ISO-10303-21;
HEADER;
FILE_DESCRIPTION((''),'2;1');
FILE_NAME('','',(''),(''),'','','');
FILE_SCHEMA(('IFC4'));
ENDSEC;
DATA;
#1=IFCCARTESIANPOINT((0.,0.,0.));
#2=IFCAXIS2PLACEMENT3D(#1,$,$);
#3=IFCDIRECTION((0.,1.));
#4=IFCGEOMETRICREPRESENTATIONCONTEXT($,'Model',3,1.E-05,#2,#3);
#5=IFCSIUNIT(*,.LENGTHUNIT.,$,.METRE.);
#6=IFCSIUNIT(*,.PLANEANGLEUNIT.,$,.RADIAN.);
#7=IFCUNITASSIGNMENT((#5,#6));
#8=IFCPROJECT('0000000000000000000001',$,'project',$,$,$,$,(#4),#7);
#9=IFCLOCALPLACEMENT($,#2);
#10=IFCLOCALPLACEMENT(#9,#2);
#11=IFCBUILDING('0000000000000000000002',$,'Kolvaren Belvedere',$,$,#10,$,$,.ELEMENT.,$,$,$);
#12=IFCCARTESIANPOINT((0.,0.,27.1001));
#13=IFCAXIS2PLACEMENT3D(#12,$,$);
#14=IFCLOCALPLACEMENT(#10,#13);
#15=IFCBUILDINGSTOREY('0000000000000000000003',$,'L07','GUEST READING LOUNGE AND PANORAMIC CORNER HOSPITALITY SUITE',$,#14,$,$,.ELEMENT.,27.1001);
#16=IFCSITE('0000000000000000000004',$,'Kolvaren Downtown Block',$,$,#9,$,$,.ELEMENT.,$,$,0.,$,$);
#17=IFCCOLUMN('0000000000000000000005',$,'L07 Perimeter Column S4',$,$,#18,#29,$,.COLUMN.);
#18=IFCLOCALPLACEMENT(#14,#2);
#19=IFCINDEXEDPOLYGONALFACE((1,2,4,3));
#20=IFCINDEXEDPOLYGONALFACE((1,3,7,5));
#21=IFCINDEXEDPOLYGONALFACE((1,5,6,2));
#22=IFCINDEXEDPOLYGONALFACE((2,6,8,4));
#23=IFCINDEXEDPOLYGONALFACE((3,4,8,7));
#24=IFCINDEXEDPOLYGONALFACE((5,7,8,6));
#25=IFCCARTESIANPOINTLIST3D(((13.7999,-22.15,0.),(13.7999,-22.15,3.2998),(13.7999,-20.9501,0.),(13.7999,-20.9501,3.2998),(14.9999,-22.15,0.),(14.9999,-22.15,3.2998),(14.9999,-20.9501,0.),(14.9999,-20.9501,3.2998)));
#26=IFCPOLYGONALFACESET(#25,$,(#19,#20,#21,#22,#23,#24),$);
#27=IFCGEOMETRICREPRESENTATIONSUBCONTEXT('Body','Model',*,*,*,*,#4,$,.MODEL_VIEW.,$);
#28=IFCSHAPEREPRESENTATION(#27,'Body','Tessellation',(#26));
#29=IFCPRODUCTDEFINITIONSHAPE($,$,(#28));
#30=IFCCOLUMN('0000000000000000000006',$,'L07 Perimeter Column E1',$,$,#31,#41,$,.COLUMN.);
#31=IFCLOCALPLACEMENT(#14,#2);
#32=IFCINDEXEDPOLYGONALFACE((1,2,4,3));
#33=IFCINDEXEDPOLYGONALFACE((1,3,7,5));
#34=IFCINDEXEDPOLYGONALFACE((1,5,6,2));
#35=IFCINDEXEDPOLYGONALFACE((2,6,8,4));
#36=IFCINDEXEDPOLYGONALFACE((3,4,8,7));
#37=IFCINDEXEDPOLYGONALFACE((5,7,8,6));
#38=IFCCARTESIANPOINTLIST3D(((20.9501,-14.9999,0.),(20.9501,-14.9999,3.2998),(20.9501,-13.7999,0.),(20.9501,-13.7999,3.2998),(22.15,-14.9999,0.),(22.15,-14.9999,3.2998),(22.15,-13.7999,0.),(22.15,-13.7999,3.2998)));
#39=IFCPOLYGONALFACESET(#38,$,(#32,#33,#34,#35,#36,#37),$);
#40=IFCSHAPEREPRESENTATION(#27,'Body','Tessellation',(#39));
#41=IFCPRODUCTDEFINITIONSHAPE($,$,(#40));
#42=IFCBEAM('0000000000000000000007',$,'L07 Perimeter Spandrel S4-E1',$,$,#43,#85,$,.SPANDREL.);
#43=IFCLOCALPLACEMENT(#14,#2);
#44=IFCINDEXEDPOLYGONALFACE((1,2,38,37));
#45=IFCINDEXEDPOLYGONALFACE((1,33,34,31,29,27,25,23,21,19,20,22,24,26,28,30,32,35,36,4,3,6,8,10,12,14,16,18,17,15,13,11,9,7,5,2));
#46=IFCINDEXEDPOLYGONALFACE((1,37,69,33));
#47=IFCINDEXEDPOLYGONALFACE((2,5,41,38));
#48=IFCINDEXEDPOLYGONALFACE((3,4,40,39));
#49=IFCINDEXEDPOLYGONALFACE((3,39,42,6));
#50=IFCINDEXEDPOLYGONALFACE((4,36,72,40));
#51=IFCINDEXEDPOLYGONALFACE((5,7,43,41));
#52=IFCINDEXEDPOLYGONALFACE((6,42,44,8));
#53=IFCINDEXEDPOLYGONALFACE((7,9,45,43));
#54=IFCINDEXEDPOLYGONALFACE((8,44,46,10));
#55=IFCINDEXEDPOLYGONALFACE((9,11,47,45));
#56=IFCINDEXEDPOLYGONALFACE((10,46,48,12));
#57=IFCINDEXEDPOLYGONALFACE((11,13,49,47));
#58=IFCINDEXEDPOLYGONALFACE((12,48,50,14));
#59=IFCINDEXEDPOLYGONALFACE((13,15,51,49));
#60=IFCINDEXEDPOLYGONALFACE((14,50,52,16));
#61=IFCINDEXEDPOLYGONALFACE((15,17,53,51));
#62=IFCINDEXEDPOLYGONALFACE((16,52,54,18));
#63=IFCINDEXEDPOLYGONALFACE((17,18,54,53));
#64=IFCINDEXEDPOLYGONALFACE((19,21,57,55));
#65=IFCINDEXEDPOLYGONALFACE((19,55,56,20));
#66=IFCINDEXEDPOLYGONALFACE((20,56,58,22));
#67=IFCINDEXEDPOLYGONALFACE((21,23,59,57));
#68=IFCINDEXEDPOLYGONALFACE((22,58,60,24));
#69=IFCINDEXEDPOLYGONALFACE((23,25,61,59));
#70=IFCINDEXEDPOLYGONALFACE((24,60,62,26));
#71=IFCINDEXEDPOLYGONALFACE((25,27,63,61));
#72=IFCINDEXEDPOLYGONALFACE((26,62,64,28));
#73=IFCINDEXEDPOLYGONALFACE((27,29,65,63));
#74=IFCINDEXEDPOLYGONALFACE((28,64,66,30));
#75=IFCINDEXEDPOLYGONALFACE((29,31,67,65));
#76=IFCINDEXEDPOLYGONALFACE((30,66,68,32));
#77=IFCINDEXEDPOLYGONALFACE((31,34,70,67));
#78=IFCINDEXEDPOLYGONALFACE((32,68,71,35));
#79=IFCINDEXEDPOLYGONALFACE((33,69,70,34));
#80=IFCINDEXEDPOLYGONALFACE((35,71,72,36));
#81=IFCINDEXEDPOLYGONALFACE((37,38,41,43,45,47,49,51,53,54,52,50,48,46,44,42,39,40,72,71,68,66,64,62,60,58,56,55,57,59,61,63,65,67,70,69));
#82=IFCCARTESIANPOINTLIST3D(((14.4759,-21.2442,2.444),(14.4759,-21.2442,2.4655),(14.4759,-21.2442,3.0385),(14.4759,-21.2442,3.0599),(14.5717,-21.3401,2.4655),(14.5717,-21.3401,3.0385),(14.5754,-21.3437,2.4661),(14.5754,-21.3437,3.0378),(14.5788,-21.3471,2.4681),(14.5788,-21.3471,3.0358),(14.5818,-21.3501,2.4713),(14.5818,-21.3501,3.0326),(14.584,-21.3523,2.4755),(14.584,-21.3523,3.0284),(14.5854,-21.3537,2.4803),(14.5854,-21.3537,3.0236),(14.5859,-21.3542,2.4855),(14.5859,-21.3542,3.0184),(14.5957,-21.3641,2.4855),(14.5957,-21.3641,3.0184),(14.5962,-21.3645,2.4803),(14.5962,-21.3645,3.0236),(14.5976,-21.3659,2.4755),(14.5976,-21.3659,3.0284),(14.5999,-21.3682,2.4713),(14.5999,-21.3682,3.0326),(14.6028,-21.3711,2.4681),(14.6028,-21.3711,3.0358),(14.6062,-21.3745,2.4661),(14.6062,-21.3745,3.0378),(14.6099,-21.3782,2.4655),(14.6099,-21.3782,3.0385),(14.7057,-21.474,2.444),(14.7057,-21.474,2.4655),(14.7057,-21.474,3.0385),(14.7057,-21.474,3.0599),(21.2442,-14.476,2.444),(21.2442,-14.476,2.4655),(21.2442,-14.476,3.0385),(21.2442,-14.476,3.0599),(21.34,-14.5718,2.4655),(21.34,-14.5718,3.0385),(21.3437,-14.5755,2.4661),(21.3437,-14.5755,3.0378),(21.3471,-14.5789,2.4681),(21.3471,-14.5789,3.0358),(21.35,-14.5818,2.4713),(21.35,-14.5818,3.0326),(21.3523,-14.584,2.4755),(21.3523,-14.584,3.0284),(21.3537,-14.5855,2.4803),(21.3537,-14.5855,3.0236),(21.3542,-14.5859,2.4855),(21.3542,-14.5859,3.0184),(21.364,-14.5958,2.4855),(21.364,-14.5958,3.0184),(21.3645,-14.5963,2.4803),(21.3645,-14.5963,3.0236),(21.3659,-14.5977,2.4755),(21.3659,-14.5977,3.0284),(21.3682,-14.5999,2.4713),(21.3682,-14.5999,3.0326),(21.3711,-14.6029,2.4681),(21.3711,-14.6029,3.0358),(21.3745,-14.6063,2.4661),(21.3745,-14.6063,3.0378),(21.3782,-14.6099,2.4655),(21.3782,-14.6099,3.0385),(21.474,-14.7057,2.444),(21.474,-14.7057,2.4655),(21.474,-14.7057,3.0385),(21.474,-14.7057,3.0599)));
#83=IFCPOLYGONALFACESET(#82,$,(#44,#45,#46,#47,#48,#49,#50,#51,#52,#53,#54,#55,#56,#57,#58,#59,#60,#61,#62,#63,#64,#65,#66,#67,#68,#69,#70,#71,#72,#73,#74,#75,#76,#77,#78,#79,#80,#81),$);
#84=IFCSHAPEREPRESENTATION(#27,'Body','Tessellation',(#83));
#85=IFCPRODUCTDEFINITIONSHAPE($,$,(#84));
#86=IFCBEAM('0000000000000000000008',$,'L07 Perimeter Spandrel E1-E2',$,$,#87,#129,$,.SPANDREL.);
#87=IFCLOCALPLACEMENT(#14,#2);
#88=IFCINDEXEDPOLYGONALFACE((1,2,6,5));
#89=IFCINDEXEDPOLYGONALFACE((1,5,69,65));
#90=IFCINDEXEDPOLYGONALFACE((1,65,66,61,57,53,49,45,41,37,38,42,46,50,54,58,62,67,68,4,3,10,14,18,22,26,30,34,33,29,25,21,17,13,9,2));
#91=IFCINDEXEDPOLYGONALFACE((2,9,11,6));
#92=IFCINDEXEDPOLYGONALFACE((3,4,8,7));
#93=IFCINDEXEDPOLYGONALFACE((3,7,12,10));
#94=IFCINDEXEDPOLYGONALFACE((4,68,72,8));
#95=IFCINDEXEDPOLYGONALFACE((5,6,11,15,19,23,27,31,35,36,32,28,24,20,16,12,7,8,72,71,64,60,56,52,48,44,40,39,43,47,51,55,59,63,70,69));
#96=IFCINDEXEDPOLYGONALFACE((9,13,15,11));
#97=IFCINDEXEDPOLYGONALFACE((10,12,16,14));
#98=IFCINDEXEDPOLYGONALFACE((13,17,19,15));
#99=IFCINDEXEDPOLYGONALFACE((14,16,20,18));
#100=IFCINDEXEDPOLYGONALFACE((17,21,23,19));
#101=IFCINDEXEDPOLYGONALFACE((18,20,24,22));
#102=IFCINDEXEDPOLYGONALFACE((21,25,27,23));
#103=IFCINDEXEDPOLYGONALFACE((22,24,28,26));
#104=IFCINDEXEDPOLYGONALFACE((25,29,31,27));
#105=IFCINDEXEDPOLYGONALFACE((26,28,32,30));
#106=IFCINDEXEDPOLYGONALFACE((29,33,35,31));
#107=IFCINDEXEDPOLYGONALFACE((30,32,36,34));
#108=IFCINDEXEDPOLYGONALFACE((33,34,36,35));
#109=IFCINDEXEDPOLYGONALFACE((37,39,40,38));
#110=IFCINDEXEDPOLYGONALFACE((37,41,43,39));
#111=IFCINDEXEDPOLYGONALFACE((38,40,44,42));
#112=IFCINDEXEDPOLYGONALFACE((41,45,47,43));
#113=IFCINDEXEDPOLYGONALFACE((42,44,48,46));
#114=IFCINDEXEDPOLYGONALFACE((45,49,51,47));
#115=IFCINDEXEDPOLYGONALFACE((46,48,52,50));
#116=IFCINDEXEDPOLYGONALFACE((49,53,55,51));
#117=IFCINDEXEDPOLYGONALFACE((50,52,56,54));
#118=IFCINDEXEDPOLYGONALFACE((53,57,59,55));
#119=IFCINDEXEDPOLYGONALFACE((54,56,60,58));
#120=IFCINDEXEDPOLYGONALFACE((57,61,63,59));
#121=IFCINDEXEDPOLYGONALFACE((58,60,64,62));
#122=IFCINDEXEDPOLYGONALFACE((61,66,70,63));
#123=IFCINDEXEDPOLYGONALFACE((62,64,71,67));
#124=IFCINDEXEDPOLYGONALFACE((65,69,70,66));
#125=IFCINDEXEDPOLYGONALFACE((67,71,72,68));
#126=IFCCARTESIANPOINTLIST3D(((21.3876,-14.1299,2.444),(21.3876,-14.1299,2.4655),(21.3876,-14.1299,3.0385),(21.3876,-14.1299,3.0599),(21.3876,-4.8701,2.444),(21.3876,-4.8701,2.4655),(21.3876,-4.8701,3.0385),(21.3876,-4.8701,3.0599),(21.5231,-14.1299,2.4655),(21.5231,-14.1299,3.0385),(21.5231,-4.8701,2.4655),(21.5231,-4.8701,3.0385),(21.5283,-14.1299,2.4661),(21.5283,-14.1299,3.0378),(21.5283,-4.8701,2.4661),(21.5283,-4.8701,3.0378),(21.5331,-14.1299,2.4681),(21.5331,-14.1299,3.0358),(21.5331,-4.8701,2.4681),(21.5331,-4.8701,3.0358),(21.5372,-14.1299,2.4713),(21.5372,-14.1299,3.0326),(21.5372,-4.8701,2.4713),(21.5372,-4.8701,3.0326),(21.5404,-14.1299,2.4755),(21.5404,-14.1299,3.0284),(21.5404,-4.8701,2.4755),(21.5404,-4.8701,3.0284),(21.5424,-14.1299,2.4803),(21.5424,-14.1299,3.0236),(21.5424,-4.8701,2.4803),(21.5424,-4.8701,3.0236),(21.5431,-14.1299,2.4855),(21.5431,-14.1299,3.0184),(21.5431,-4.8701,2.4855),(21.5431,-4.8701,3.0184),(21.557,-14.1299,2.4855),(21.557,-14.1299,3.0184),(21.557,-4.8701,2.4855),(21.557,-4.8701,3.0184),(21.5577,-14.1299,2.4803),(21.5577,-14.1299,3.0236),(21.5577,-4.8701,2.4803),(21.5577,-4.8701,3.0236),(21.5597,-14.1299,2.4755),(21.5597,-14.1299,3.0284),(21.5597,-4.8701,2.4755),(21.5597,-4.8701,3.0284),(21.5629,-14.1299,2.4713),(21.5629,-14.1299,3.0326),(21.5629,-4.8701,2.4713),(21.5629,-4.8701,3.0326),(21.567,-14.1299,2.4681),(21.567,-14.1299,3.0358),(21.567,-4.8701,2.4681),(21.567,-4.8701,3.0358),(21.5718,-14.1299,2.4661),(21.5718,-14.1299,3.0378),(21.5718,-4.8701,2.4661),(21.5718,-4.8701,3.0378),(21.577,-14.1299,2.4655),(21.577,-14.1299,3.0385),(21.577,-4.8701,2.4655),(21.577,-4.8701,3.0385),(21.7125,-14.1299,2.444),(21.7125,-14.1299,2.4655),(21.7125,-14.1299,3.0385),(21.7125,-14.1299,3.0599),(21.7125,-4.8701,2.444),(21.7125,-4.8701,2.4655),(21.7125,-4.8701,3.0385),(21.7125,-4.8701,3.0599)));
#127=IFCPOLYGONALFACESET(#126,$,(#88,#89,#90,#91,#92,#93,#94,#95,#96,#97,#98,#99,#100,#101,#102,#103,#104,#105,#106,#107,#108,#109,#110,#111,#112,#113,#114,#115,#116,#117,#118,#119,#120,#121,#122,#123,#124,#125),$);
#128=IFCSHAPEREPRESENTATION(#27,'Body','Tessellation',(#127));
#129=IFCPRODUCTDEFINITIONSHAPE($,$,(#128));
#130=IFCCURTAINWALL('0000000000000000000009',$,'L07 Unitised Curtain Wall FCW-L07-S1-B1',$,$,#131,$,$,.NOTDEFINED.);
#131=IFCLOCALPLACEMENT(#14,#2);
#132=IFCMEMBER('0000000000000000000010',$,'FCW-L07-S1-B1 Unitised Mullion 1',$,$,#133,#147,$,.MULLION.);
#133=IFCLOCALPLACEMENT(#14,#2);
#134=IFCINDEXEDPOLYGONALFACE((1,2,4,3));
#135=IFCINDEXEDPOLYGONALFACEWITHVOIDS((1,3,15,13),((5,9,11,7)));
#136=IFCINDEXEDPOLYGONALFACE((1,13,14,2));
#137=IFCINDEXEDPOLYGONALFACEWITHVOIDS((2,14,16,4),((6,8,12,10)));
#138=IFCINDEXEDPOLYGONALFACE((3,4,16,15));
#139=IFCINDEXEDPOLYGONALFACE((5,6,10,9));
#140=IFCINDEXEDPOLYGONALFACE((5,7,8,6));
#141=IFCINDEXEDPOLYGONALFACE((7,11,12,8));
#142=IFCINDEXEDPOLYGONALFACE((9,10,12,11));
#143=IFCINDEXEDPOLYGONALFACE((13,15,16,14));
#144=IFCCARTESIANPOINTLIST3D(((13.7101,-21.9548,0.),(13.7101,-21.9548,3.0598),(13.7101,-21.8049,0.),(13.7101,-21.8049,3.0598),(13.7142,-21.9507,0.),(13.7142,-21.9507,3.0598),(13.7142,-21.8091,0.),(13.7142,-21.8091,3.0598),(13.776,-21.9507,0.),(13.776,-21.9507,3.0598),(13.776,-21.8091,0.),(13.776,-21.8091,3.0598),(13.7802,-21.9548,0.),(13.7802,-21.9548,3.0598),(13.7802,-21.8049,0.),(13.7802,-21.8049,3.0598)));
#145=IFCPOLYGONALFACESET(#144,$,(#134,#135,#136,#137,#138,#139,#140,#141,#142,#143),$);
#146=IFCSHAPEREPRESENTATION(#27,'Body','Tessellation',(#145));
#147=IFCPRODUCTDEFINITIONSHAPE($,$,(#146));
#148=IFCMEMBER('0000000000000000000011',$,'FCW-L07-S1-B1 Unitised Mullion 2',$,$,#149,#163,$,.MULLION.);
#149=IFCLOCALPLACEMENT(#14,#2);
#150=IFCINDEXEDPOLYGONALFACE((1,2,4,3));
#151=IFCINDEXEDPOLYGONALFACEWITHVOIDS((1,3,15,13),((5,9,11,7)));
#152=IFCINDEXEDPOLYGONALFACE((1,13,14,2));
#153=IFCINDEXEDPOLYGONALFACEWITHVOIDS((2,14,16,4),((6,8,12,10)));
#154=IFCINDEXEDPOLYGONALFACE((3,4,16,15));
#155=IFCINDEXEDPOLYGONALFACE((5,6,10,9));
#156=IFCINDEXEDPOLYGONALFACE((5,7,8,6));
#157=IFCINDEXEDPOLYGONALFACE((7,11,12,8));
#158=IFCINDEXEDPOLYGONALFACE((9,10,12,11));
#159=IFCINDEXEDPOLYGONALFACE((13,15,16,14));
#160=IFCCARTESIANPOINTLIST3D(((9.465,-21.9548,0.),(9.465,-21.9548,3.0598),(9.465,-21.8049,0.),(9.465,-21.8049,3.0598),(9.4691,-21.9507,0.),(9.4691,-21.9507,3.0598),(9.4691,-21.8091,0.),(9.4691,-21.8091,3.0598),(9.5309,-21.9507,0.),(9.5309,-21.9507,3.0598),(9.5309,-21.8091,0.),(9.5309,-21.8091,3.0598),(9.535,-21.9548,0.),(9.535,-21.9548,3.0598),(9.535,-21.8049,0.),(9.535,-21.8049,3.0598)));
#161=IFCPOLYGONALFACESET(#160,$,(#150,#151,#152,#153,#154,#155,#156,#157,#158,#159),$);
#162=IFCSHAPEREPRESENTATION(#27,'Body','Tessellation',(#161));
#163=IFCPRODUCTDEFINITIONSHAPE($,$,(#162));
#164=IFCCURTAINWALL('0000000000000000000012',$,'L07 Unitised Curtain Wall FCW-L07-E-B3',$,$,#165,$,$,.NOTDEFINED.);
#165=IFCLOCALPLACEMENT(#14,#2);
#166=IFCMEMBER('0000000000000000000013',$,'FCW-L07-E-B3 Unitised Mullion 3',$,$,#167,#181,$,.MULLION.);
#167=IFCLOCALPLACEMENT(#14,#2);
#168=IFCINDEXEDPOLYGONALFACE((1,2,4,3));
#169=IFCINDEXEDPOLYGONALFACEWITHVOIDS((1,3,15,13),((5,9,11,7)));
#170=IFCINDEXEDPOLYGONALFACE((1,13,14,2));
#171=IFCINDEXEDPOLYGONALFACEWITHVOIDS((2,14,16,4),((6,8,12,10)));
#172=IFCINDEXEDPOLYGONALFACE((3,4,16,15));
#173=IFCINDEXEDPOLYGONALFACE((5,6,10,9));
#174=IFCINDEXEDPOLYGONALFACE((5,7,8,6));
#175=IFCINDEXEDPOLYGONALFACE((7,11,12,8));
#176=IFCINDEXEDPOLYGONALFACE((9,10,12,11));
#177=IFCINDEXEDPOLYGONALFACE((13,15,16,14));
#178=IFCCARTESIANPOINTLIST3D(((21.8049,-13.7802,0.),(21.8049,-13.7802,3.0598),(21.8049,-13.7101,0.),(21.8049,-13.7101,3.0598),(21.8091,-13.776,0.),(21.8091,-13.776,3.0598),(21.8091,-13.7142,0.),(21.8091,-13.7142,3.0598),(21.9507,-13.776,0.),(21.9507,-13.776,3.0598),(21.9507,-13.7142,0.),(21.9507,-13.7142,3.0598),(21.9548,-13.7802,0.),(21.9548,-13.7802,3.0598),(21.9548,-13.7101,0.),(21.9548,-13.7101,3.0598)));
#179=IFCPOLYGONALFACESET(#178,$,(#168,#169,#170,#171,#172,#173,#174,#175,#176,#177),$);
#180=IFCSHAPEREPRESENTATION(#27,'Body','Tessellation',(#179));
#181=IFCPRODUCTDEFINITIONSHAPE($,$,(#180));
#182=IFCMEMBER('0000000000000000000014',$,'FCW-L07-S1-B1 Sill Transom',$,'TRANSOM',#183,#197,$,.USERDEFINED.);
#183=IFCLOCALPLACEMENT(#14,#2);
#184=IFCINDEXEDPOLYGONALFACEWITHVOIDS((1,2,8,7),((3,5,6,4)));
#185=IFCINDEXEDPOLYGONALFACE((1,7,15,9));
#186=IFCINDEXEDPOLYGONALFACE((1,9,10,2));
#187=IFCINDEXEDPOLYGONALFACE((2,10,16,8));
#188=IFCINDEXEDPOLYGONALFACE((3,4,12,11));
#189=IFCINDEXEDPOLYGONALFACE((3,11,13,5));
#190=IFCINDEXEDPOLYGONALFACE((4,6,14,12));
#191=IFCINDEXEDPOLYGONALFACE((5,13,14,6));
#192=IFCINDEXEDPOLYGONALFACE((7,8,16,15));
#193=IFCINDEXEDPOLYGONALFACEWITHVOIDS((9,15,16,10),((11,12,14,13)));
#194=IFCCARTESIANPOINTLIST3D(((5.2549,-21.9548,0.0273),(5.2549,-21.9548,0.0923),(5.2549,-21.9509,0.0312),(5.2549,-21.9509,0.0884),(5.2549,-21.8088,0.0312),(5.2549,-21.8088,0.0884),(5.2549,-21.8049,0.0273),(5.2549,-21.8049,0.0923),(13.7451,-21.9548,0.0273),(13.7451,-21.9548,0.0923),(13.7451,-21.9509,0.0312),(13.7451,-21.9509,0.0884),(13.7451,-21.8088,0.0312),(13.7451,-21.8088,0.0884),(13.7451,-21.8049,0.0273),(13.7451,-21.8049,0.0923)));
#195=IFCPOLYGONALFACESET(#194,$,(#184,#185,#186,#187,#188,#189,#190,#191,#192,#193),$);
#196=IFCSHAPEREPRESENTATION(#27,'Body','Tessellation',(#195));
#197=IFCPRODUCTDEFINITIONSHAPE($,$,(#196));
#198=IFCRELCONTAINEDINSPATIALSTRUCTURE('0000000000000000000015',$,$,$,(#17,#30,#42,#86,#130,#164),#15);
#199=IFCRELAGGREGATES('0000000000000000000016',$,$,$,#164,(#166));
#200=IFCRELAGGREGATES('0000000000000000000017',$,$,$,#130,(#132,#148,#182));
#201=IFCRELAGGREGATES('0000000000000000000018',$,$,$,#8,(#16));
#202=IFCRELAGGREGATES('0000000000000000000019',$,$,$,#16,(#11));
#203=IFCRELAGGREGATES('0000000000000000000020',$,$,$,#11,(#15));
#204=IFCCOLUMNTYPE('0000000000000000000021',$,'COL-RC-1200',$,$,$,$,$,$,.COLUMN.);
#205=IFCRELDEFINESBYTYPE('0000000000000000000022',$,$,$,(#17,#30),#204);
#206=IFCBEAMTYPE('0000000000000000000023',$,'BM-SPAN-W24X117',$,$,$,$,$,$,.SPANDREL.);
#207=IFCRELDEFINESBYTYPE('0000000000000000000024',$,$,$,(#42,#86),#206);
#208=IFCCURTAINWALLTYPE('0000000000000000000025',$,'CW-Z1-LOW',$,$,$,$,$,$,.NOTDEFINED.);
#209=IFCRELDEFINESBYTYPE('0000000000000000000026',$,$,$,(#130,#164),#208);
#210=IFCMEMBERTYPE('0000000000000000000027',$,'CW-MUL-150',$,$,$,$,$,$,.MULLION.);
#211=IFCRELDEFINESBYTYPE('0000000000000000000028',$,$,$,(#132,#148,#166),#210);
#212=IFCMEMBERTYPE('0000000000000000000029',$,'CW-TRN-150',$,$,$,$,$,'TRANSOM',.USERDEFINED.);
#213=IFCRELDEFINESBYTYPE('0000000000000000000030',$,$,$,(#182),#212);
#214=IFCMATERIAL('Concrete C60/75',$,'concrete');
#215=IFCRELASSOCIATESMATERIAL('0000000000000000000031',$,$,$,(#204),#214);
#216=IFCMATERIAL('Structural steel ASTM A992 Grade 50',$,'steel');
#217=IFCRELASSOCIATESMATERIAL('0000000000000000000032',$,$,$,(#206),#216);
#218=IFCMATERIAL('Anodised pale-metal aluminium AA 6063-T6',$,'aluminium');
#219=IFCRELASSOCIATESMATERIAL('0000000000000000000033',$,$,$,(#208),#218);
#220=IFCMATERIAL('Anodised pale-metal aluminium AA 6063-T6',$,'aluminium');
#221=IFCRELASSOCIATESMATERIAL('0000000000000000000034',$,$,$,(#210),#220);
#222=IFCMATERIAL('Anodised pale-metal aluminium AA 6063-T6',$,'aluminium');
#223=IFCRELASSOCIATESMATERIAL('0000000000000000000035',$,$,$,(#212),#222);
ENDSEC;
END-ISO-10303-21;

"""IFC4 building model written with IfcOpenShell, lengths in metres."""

from ifc_helpers import new_model, si_unit, direction, frame, origin, origin_2d, place, context, subcontext, project, spatial, rectangle, hollow_rectangle, i_section, extrude, material, material_profile, profile_set, type_object, element, aggregate, save


model = new_model("IFC4")

# Units and contexts
model_context = context("Model", 3, precision=1e-05, world=origin(), true_north=direction((0.0, 1.0)))
body_context = subcontext(model_context, "Body", "Model", "MODEL_VIEW")
ifc_project = project(units=[si_unit("LENGTHUNIT", "METRE"), si_unit("PLANEANGLEUNIT", "RADIAN")], contexts=[model_context])

# Site, building, storey
site_placement = place(None, origin())
site = spatial("IfcSite", under=ifc_project, at=site_placement, Name="Kolvaren Downtown Block", CompositionType="ELEMENT", RefElevation=0.0)
building_placement = place(site_placement, origin())
building = spatial("IfcBuilding", under=site, at=building_placement, Name="Kolvaren Belvedere", CompositionType="ELEMENT")
storey_placement = place(building_placement, frame((0.0, 0.0, 27.1001)))
storey = spatial("IfcBuildingStorey", under=building, at=storey_placement, Name="L07", Description="GUEST READING LOUNGE AND PANORAMIC CORNER HOSPITALITY SUITE", CompositionType="ELEMENT", Elevation=27.1001)

# Columns
ifc_material_1 = material(Name="Concrete C60/75", Category="concrete")
ifc_material_profile_1 = material_profile(ifc_material_1, rectangle(XDim=1.2, YDim=1.2, at=origin_2d()), Name="RC 1200X1200")
ifc_profile_set_1 = profile_set([ifc_material_profile_1], Name="Concrete C60/75")
column_type = type_object("IfcColumnType", Name="COL-RC-1200", PredefinedType="COLUMN", material=ifc_profile_set_1)
for number, where, z_axis, x_axis, name in (
    (1, (14.3999, -21.55, 0.0), (0.0, 0.0, 1.0), (1.0, 0.0, 0.0), "L07 Perimeter Column S4"),
    (2, (21.55, -14.3999, 0.0), (0.0, 0.0, 1.0), (1.0, 0.0, 0.0), "L07 Perimeter Column E1"),
):
    element("IfcColumn", number, at=place(storey_placement, frame(where, z_axis=z_axis, x_axis=x_axis)), inside=storey, type_object=column_type, Name=name, PredefinedType="COLUMN", context=body_context, shape_type="SweptSolid", body=[
        extrude(rectangle(XDim=1.2, YDim=1.2, at=origin_2d()), origin(), (0.0, 0.0, 1.0), 3.2998),
    ])

# Beams
ifc_material_2 = material(Name="Structural steel ASTM A992 Grade 50", Category="steel")
ifc_material_profile_2 = material_profile(ifc_material_2, i_section(OverallWidth=0.325, OverallDepth=0.616, WebThickness=0.0139, FlangeThickness=0.0215, FilletRadius=0.02, at=origin_2d()), Name="W24X117")
ifc_profile_set_2 = profile_set([ifc_material_profile_2], Name="Structural steel ASTM A992 Grade 50")
beam_type = type_object("IfcBeamType", Name="BM-SPAN-W24X117", PredefinedType="SPANDREL", material=ifc_profile_set_2)
beam_1_placement = place(storey_placement, frame((14.5908, -21.3591, 2.752), z_axis=(0.707107, 0.707107, 0.0), x_axis=(-0.707107, 0.707107, 0.0)))
element("IfcBeam", 3, at=beam_1_placement, inside=storey, type_object=beam_type, Name="L07 Perimeter Spandrel S4-E1", PredefinedType="SPANDREL", context=body_context, shape_type="SweptSolid", body=[
    extrude(i_section(OverallWidth=0.325, OverallDepth=0.616, WebThickness=0.0139, FlangeThickness=0.0215, FilletRadius=0.02, at=origin_2d()), origin(), (0.0, 0.0, 1.0), 9.5718),
])
beam_2_placement = place(storey_placement, frame((21.55, -14.1299, 2.752), z_axis=(0.0, 1.0, 0.0), x_axis=(-1.0, 0.0, 0.0)))
element("IfcBeam", 4, at=beam_2_placement, inside=storey, type_object=beam_type, Name="L07 Perimeter Spandrel E1-E2", PredefinedType="SPANDREL", context=body_context, shape_type="SweptSolid", body=[
    extrude(i_section(OverallWidth=0.325, OverallDepth=0.616, WebThickness=0.0139, FlangeThickness=0.0215, FilletRadius=0.02, at=origin_2d()), origin(), (0.0, 0.0, 1.0), 9.2598),
])

# Curtain wall, members
ifc_material_3 = material(Name="Anodised pale-metal aluminium AA 6063-T6", Category="aluminium")
curtain_wall_type = type_object("IfcCurtainWallType", Name="CW-Z1-LOW", PredefinedType="NOTDEFINED", material=ifc_material_3)
curtain_wall_1_placement = place(storey_placement, origin())
curtain_wall_1 = element("IfcCurtainWall", 5, at=curtain_wall_1_placement, inside=storey, type_object=curtain_wall_type, Name="L07 Unitised Curtain Wall FCW-L07-S1-B1", PredefinedType="NOTDEFINED")
ifc_material_4 = material(Name="Anodised pale-metal aluminium AA 6063-T6", Category="aluminium")
ifc_material_profile_3 = material_profile(ifc_material_4, hollow_rectangle(XDim=0.0701, YDim=0.1499, WallThickness=0.0042, at=origin_2d()), Name="ALU-MUL-150X70")
ifc_profile_set_3 = profile_set([ifc_material_profile_3], Name="Anodised pale-metal aluminium AA 6063-T6")
member_type_1 = type_object("IfcMemberType", Name="CW-MUL-150", PredefinedType="MULLION", material=ifc_profile_set_3)
member_1_placement = place(storey_placement, frame((13.7451, -21.8799, 0.0), z_axis=(0.0, 0.0, 1.0), x_axis=(1.0, 0.0, 0.0)))
member_1 = element("IfcMember", 6, at=member_1_placement, type_object=member_type_1, Name="FCW-L07-S1-B1 Unitised Mullion 1", PredefinedType="MULLION", context=body_context, shape_type="SweptSolid", body=[
    extrude(hollow_rectangle(XDim=0.0701, YDim=0.1499, WallThickness=0.0042, at=origin_2d()), origin(), (0.0, 0.0, 1.0), 3.0598),
])
member_2_placement = place(storey_placement, frame((9.5, -21.8799, 0.0), z_axis=(0.0, 0.0, 1.0), x_axis=(1.0, 0.0, 0.0)))
member_2 = element("IfcMember", 7, at=member_2_placement, type_object=member_type_1, Name="FCW-L07-S1-B1 Unitised Mullion 2", PredefinedType="MULLION", context=body_context, shape_type="SweptSolid", body=[
    extrude(hollow_rectangle(XDim=0.0701, YDim=0.1499, WallThickness=0.0042, at=origin_2d()), origin(), (0.0, 0.0, 1.0), 3.0598),
])

# Curtain wall, member
curtain_wall_2_placement = place(storey_placement, origin())
curtain_wall_2 = element("IfcCurtainWall", 8, at=curtain_wall_2_placement, inside=storey, type_object=curtain_wall_type, Name="L07 Unitised Curtain Wall FCW-L07-E-B3", PredefinedType="NOTDEFINED")
member_3_placement = place(storey_placement, frame((21.8799, -13.7451, 0.0), z_axis=(0.0, 0.0, 1.0), x_axis=(0.0, 1.0, 0.0)))
member_3 = element("IfcMember", 9, at=member_3_placement, type_object=member_type_1, Name="FCW-L07-E-B3 Unitised Mullion 3", PredefinedType="MULLION", context=body_context, shape_type="SweptSolid", body=[
    extrude(hollow_rectangle(XDim=0.0701, YDim=0.1499, WallThickness=0.0042, at=origin_2d()), origin(), (0.0, 0.0, 1.0), 3.0598),
])
aggregate(curtain_wall_2, [member_3])

# Member
ifc_material_5 = material(Name="Anodised pale-metal aluminium AA 6063-T6", Category="aluminium")
ifc_material_profile_4 = material_profile(ifc_material_5, hollow_rectangle(XDim=0.0649, YDim=0.1499, WallThickness=0.0039, at=origin_2d()), Name="ALU-TRN-150X65")
ifc_profile_set_4 = profile_set([ifc_material_profile_4], Name="Anodised pale-metal aluminium AA 6063-T6")
member_type_2 = type_object("IfcMemberType", Name="CW-TRN-150", ElementType="TRANSOM", PredefinedType="USERDEFINED", material=ifc_profile_set_4)
member_4_placement = place(storey_placement, frame((13.7451, -21.8799, 0.0598), z_axis=(-1.0, 0.0, 0.0), x_axis=(0.0, 0.0, 1.0)))
member_4 = element("IfcMember", 10, at=member_4_placement, type_object=member_type_2, Name="FCW-L07-S1-B1 Sill Transom", ObjectType="TRANSOM", PredefinedType="USERDEFINED", context=body_context, shape_type="SweptSolid", body=[
    extrude(hollow_rectangle(XDim=0.0649, YDim=0.1499, WallThickness=0.0039, at=origin_2d()), origin(), (0.0, 0.0, 1.0), 8.4902),
])

aggregate(curtain_wall_1, [member_1, member_2, member_4])

save(model, "model.ifc")
